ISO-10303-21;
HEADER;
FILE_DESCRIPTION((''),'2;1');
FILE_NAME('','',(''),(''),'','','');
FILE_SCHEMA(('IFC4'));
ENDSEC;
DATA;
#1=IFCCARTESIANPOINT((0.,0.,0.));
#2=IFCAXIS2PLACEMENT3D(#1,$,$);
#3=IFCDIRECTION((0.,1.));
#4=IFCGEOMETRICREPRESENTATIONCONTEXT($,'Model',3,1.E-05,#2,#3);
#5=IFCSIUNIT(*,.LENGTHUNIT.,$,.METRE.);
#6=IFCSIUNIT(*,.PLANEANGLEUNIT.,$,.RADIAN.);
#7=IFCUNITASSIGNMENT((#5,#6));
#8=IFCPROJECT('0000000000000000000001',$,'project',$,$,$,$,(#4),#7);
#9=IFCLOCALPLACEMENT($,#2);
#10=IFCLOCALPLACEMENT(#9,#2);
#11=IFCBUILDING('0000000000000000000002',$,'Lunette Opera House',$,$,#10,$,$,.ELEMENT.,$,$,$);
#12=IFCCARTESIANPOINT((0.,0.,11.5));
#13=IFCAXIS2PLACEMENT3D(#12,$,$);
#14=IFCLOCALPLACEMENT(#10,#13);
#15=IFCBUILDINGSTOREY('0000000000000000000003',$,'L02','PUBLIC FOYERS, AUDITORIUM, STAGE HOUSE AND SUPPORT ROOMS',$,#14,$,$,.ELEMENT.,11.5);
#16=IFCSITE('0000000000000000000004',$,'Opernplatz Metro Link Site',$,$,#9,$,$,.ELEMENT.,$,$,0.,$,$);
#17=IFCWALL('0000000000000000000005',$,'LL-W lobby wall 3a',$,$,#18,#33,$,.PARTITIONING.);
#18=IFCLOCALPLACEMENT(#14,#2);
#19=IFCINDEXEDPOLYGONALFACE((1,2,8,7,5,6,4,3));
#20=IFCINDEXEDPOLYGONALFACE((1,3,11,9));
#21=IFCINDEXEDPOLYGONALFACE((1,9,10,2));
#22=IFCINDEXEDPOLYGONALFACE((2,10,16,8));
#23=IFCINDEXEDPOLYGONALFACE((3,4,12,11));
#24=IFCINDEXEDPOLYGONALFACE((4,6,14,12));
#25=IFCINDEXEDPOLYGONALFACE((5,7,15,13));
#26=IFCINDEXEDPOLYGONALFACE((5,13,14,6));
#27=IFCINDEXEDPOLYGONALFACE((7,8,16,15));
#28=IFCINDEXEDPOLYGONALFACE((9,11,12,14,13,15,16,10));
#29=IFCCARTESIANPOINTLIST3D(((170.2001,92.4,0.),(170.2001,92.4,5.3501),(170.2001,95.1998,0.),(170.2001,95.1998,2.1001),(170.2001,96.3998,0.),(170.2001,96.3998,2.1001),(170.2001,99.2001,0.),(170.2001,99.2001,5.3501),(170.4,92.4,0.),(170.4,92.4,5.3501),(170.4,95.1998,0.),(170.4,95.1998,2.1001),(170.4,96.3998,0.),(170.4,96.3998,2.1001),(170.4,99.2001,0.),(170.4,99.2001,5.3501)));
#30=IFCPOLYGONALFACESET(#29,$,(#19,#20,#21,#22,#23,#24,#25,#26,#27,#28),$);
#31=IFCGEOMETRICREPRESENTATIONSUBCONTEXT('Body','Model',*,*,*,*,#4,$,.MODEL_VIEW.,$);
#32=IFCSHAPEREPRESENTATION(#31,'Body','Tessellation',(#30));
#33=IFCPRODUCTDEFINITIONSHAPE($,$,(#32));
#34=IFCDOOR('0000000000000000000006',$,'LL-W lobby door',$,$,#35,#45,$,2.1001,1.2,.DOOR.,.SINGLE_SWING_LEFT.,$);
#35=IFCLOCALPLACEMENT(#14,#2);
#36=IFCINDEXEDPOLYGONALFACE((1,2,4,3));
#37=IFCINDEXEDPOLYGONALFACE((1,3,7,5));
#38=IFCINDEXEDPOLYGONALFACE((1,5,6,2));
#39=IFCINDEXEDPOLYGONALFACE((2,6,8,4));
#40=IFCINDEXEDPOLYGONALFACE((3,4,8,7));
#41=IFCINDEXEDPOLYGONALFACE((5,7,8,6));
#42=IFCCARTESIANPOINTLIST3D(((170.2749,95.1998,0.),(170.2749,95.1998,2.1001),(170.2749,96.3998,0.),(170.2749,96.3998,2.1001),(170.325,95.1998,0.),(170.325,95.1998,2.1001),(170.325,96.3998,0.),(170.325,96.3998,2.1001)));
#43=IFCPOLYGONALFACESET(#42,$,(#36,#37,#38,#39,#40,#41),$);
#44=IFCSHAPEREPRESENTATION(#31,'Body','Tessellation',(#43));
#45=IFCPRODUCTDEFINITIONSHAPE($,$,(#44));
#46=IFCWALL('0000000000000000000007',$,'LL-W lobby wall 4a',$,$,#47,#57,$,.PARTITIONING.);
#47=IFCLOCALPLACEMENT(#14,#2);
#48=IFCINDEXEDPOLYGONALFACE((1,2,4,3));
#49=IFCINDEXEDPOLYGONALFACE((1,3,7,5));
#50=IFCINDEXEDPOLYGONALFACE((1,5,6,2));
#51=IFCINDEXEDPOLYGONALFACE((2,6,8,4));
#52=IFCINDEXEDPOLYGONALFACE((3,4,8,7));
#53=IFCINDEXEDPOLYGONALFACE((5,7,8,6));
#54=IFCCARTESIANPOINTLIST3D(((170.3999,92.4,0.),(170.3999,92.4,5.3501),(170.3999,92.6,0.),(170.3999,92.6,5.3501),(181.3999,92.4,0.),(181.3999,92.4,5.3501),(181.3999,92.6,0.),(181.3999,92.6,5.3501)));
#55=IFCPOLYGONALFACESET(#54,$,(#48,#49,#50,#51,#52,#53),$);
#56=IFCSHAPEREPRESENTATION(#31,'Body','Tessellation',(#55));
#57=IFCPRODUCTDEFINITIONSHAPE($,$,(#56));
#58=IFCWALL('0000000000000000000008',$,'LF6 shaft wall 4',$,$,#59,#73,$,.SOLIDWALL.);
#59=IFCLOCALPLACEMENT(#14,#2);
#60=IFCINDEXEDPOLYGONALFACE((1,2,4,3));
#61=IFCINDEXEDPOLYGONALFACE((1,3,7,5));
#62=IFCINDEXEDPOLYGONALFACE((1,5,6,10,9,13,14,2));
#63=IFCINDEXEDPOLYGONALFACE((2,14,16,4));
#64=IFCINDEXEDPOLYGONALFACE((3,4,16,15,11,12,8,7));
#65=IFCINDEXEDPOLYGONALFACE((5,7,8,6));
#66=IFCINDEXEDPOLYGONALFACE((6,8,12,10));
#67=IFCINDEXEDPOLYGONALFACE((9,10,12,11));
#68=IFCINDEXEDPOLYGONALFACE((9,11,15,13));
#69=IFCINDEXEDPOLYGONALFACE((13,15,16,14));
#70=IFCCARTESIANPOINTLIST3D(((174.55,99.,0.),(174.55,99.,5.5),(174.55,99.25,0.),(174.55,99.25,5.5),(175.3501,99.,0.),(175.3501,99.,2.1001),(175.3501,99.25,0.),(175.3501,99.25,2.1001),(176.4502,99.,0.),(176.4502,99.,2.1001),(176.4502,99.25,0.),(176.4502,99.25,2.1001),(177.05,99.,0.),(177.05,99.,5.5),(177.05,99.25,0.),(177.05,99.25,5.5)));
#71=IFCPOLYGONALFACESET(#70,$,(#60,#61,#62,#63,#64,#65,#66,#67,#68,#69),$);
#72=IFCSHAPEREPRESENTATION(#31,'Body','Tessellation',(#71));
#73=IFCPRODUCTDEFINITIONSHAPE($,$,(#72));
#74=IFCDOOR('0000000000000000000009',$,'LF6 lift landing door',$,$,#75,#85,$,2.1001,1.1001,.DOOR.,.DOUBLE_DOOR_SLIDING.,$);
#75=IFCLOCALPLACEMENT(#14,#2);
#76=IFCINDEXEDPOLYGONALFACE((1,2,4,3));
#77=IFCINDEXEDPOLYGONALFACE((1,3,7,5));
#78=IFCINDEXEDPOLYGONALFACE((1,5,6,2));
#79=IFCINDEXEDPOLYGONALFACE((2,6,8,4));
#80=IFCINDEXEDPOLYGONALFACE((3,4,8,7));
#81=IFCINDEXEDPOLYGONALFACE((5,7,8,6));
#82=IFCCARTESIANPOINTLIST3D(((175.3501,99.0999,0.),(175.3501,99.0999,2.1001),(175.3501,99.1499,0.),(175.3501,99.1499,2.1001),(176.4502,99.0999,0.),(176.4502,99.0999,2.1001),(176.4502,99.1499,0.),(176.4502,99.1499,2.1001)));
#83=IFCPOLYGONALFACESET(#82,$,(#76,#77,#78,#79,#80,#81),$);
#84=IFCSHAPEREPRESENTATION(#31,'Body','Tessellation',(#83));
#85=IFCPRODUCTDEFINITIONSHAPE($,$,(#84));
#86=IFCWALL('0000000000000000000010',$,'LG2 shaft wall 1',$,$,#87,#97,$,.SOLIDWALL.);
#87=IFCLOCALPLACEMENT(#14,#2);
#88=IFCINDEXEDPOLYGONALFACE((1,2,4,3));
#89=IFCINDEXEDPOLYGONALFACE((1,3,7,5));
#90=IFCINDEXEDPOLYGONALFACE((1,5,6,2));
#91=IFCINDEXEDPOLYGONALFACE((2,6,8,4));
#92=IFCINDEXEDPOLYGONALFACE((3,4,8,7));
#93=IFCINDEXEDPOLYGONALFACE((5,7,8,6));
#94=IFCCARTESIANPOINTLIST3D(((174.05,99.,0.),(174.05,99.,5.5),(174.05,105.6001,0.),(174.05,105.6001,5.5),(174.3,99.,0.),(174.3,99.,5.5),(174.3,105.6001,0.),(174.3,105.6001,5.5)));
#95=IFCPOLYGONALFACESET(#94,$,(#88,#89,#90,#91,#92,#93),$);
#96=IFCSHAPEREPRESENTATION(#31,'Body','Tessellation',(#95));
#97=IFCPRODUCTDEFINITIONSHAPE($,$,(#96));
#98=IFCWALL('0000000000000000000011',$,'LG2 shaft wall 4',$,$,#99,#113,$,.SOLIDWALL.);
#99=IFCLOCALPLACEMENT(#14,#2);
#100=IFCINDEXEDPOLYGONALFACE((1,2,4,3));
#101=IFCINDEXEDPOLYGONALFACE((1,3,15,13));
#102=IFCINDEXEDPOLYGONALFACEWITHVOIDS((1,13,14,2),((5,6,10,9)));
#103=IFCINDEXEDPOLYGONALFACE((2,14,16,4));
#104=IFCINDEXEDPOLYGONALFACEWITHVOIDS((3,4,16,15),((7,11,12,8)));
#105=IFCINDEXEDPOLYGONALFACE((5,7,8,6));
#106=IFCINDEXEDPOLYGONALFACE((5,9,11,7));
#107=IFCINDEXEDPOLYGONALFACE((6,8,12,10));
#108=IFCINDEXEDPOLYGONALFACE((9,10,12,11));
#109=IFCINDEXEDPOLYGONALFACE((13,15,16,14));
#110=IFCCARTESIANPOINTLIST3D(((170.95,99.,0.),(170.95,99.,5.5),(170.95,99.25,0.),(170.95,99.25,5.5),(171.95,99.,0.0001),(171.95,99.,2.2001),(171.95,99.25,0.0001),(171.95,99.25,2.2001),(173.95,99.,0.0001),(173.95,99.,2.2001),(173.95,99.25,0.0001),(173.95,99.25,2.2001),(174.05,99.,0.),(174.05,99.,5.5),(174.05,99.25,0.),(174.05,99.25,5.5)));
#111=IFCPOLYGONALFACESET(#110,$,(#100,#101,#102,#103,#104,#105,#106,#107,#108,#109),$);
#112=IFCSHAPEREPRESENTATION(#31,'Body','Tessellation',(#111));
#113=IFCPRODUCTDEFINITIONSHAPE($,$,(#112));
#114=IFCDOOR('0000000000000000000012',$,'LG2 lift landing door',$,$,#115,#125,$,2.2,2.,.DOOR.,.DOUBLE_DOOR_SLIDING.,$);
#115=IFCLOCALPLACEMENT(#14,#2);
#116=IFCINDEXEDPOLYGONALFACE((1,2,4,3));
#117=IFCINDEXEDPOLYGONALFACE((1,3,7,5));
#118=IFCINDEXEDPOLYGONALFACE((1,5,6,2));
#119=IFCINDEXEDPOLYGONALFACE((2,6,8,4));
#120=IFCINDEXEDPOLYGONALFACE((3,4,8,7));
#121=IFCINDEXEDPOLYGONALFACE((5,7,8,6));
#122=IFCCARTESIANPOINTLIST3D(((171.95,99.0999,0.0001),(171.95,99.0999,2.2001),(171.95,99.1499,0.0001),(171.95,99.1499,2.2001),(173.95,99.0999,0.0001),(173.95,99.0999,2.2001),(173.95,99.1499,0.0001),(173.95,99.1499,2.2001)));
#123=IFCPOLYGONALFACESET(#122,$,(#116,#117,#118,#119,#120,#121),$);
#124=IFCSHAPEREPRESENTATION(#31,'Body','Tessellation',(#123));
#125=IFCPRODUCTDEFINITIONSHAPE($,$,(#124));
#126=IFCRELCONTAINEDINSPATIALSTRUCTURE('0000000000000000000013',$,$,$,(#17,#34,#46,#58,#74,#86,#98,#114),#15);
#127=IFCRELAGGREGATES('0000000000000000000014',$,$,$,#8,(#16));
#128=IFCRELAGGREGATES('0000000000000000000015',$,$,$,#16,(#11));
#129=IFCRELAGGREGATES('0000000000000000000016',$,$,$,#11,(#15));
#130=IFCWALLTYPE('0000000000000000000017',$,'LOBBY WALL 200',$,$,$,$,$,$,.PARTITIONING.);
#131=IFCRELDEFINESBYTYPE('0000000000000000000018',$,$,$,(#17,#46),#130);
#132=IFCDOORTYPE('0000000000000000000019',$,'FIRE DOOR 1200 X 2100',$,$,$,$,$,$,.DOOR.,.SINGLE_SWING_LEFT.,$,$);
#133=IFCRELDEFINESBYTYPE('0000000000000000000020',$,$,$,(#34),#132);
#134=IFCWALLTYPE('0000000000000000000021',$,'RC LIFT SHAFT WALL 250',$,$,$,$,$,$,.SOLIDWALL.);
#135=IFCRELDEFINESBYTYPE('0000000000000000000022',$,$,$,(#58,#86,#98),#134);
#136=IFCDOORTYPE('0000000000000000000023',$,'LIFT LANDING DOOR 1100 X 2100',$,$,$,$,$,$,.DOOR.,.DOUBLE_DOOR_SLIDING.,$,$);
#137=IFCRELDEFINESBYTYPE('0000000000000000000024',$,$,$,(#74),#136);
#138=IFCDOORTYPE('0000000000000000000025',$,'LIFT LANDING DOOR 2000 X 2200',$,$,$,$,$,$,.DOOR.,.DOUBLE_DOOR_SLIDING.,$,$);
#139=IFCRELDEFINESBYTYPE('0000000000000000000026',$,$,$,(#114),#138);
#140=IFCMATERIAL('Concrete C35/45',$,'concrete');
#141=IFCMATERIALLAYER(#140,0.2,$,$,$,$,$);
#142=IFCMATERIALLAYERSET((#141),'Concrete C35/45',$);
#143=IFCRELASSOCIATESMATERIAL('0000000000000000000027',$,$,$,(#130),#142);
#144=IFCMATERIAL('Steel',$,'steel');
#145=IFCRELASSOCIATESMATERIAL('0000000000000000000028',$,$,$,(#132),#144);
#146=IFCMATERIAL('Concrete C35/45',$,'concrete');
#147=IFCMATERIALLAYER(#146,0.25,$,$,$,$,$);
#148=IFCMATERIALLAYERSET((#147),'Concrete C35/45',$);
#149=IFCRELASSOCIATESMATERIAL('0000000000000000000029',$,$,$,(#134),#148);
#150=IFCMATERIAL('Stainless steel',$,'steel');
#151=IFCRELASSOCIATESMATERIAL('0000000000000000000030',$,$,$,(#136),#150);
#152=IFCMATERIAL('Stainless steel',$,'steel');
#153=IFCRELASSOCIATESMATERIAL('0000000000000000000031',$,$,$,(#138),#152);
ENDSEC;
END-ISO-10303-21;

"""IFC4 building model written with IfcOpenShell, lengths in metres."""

from ifc_helpers import new_model, si_unit, direction, frame, frame_2d, origin, place, context, subcontext, project, spatial, rectangle, extrude, material, layer, layer_set, type_object, element, fill, save


model = new_model("IFC4")

# Units and contexts
model_context = context("Model", 3, precision=1e-05, world=origin(), true_north=direction((0.0, 1.0)))
body_context = subcontext(model_context, "Body", "Model", "MODEL_VIEW")
ifc_project = project(units=[si_unit("LENGTHUNIT", "METRE"), si_unit("PLANEANGLEUNIT", "RADIAN")], contexts=[model_context])

# Site, building, storey
site_placement = place(None, origin())
site = spatial("IfcSite", under=ifc_project, at=site_placement, Name="Opernplatz Metro Link Site", CompositionType="ELEMENT", RefElevation=0.0)
building_placement = place(site_placement, origin())
building = spatial("IfcBuilding", under=site, at=building_placement, Name="Lunette Opera House", CompositionType="ELEMENT")
storey_placement = place(building_placement, frame((0.0, 0.0, 11.5)))
storey = spatial("IfcBuildingStorey", under=building, at=storey_placement, Name="L02", Description="PUBLIC FOYERS, AUDITORIUM, STAGE HOUSE AND SUPPORT ROOMS", CompositionType="ELEMENT", Elevation=11.5)

# Shared definitions
ifc_material_1 = material(Name="Concrete C35/45", Category="concrete")
ifc_layer_1 = layer(ifc_material_1, 0.2)
ifc_layer_set_1 = layer_set([ifc_layer_1], Name="Concrete C35/45")
wall_type_1 = type_object("IfcWallType", Name="LOBBY WALL 200", PredefinedType="PARTITIONING", material=ifc_layer_set_1)

# Wall, opening, door
wall_1_placement = place(storey_placement, frame((170.3, 99.2, 0.0), z_axis=(0.0, 0.0, 1.0), x_axis=(0.0, -1.0, 0.0)))
wall_1 = element("IfcWall", 1, at=wall_1_placement, inside=storey, type_object=wall_type_1, Name="LL-W lobby wall 3a", PredefinedType="PARTITIONING", context=body_context, shape_type="SweptSolid", body=[
    extrude(rectangle(XDim=6.8, YDim=0.2, at=frame_2d((3.3999, 0.0))), origin(), (0.0, 0.0, 1.0), 5.3501),
])
opening_1_placement = place(wall_1_placement, frame((2.8, 0.0, 0.0)))
opening_1 = element("IfcOpeningElement", 2, at=opening_1_placement, cuts=wall_1, PredefinedType="OPENING", context=body_context, shape_type="SweptSolid", body=[
    extrude(rectangle(XDim=1.2, YDim=2.1001, at=frame_2d((0.6001, 1.05))), frame((0.0, 0.1121, 0.0), z_axis=(0.0, -1.0, 0.0), x_axis=(1.0, 0.0, 0.0)), (0.0, 0.0, 1.0), 0.2239),
])
ifc_material_2 = material(Name="Steel", Category="steel")
door_type_1 = type_object("IfcDoorType", Name="FIRE DOOR 1200 X 2100", OperationType="SINGLE_SWING_LEFT", PredefinedType="DOOR", material=ifc_material_2)
door_1_placement = place(opening_1_placement, origin())
door_1 = element("IfcDoor", 3, at=door_1_placement, inside=storey, type_object=door_type_1, Name="LL-W lobby door", OperationType="SINGLE_SWING_LEFT", OverallHeight=2.1001, OverallWidth=1.2, PredefinedType="DOOR", context=body_context, shape_type="SweptSolid", body=[
    extrude(rectangle(XDim=1.2, YDim=2.1001, at=frame_2d((0.6001, 1.05))), frame((0.0, 0.0249, 0.0), z_axis=(0.0, -1.0, 0.0), x_axis=(1.0, 0.0, 0.0)), (0.0, 0.0, 1.0), 0.05),
])
fill(opening_1, door_1)

# Wall
wall_2_placement = place(storey_placement, frame((170.3999, 92.5, 0.0), z_axis=(0.0, 0.0, 1.0), x_axis=(1.0, 0.0, 0.0)))
element("IfcWall", 4, at=wall_2_placement, inside=storey, type_object=wall_type_1, Name="LL-W lobby wall 4a", PredefinedType="PARTITIONING", context=body_context, shape_type="SweptSolid", body=[
    extrude(rectangle(XDim=11.0, YDim=0.2, at=frame_2d((5.5, 0.0))), origin(), (0.0, 0.0, 1.0), 5.3501),
])

# Wall, opening, door
ifc_material_3 = material(Name="Concrete C35/45", Category="concrete")
ifc_layer_2 = layer(ifc_material_3, 0.25)
ifc_layer_set_2 = layer_set([ifc_layer_2], Name="Concrete C35/45")
wall_type_2 = type_object("IfcWallType", Name="RC LIFT SHAFT WALL 250", PredefinedType="SOLIDWALL", material=ifc_layer_set_2)
wall_3_placement = place(storey_placement, frame((174.55, 99.125, 0.0), z_axis=(0.0, 0.0, 1.0), x_axis=(1.0, 0.0, 0.0)))
wall_3 = element("IfcWall", 5, at=wall_3_placement, inside=storey, type_object=wall_type_2, Name="LF6 shaft wall 4", PredefinedType="SOLIDWALL", context=body_context, shape_type="SweptSolid", body=[
    extrude(rectangle(XDim=2.5, YDim=0.25, at=frame_2d((1.25, 0.0))), origin(), (0.0, 0.0, 1.0), 5.5),
])
opening_2_placement = place(wall_3_placement, frame((0.8, 0.0, 0.0)))
opening_2 = element("IfcOpeningElement", 6, at=opening_2_placement, cuts=wall_3, PredefinedType="OPENING", context=body_context, shape_type="SweptSolid", body=[
    extrude(rectangle(XDim=1.1001, YDim=2.1001, at=frame_2d((0.55, 1.05))), frame((0.0, 0.137, 0.0), z_axis=(0.0, -1.0, 0.0), x_axis=(1.0, 0.0, 0.0)), (0.0, 0.0, 1.0), 0.2739),
])
ifc_material_4 = material(Name="Stainless steel", Category="steel")
door_type_2 = type_object("IfcDoorType", Name="LIFT LANDING DOOR 1100 X 2100", OperationType="DOUBLE_DOOR_SLIDING", PredefinedType="DOOR", material=ifc_material_4)
door_2_placement = place(opening_2_placement, origin())
door_2 = element("IfcDoor", 7, at=door_2_placement, inside=storey, type_object=door_type_2, Name="LF6 lift landing door", OperationType="DOUBLE_DOOR_SLIDING", OverallHeight=2.1001, OverallWidth=1.1001, PredefinedType="DOOR", context=body_context, shape_type="SweptSolid", body=[
    extrude(rectangle(XDim=1.1001, YDim=2.1001, at=frame_2d((0.55, 1.05))), frame((0.0, 0.0249, 0.0), z_axis=(0.0, -1.0, 0.0), x_axis=(1.0, 0.0, 0.0)), (0.0, 0.0, 1.0), 0.05),
])
fill(opening_2, door_2)

# Wall
wall_4_placement = place(storey_placement, frame((174.175, 99.0, 0.0), z_axis=(0.0, 0.0, 1.0), x_axis=(0.0, 1.0, 0.0)))
element("IfcWall", 8, at=wall_4_placement, inside=storey, type_object=wall_type_2, Name="LG2 shaft wall 1", PredefinedType="SOLIDWALL", context=body_context, shape_type="SweptSolid", body=[
    extrude(rectangle(XDim=6.6001, YDim=0.25, at=frame_2d((3.3, 0.0))), origin(), (0.0, 0.0, 1.0), 5.5),
])

# Wall, opening, door
wall_5_placement = place(storey_placement, frame((170.95, 99.125, 0.0), z_axis=(0.0, 0.0, 1.0), x_axis=(1.0, 0.0, 0.0)))
wall_5 = element("IfcWall", 9, at=wall_5_placement, inside=storey, type_object=wall_type_2, Name="LG2 shaft wall 4", PredefinedType="SOLIDWALL", context=body_context, shape_type="SweptSolid", body=[
    extrude(rectangle(XDim=3.1001, YDim=0.25, at=frame_2d((1.55, 0.0))), origin(), (0.0, 0.0, 1.0), 5.5),
])
opening_3_placement = place(wall_5_placement, frame((1.0, 0.0, 0.0)))
opening_3 = element("IfcOpeningElement", 10, at=opening_3_placement, cuts=wall_5, PredefinedType="OPENING", context=body_context, shape_type="SweptSolid", body=[
    extrude(rectangle(XDim=2.0, YDim=2.2, at=frame_2d((1.0, 1.1001))), frame((0.0, 0.137, 0.0), z_axis=(0.0, -1.0, 0.0), x_axis=(1.0, 0.0, 0.0)), (0.0, 0.0, 1.0), 0.2739),
])
ifc_material_5 = material(Name="Stainless steel", Category="steel")
door_type_3 = type_object("IfcDoorType", Name="LIFT LANDING DOOR 2000 X 2200", OperationType="DOUBLE_DOOR_SLIDING", PredefinedType="DOOR", material=ifc_material_5)
door_3_placement = place(opening_3_placement, origin())
door_3 = element("IfcDoor", 11, at=door_3_placement, inside=storey, type_object=door_type_3, Name="LG2 lift landing door", OperationType="DOUBLE_DOOR_SLIDING", OverallHeight=2.2, OverallWidth=2.0, PredefinedType="DOOR", context=body_context, shape_type="SweptSolid", body=[
    extrude(rectangle(XDim=2.0, YDim=2.2, at=frame_2d((1.0, 1.1001))), frame((0.0, 0.0249, 0.0), z_axis=(0.0, -1.0, 0.0), x_axis=(1.0, 0.0, 0.0)), (0.0, 0.0, 1.0), 0.05),
])
fill(opening_3, door_3)

save(model, "model.ifc")
